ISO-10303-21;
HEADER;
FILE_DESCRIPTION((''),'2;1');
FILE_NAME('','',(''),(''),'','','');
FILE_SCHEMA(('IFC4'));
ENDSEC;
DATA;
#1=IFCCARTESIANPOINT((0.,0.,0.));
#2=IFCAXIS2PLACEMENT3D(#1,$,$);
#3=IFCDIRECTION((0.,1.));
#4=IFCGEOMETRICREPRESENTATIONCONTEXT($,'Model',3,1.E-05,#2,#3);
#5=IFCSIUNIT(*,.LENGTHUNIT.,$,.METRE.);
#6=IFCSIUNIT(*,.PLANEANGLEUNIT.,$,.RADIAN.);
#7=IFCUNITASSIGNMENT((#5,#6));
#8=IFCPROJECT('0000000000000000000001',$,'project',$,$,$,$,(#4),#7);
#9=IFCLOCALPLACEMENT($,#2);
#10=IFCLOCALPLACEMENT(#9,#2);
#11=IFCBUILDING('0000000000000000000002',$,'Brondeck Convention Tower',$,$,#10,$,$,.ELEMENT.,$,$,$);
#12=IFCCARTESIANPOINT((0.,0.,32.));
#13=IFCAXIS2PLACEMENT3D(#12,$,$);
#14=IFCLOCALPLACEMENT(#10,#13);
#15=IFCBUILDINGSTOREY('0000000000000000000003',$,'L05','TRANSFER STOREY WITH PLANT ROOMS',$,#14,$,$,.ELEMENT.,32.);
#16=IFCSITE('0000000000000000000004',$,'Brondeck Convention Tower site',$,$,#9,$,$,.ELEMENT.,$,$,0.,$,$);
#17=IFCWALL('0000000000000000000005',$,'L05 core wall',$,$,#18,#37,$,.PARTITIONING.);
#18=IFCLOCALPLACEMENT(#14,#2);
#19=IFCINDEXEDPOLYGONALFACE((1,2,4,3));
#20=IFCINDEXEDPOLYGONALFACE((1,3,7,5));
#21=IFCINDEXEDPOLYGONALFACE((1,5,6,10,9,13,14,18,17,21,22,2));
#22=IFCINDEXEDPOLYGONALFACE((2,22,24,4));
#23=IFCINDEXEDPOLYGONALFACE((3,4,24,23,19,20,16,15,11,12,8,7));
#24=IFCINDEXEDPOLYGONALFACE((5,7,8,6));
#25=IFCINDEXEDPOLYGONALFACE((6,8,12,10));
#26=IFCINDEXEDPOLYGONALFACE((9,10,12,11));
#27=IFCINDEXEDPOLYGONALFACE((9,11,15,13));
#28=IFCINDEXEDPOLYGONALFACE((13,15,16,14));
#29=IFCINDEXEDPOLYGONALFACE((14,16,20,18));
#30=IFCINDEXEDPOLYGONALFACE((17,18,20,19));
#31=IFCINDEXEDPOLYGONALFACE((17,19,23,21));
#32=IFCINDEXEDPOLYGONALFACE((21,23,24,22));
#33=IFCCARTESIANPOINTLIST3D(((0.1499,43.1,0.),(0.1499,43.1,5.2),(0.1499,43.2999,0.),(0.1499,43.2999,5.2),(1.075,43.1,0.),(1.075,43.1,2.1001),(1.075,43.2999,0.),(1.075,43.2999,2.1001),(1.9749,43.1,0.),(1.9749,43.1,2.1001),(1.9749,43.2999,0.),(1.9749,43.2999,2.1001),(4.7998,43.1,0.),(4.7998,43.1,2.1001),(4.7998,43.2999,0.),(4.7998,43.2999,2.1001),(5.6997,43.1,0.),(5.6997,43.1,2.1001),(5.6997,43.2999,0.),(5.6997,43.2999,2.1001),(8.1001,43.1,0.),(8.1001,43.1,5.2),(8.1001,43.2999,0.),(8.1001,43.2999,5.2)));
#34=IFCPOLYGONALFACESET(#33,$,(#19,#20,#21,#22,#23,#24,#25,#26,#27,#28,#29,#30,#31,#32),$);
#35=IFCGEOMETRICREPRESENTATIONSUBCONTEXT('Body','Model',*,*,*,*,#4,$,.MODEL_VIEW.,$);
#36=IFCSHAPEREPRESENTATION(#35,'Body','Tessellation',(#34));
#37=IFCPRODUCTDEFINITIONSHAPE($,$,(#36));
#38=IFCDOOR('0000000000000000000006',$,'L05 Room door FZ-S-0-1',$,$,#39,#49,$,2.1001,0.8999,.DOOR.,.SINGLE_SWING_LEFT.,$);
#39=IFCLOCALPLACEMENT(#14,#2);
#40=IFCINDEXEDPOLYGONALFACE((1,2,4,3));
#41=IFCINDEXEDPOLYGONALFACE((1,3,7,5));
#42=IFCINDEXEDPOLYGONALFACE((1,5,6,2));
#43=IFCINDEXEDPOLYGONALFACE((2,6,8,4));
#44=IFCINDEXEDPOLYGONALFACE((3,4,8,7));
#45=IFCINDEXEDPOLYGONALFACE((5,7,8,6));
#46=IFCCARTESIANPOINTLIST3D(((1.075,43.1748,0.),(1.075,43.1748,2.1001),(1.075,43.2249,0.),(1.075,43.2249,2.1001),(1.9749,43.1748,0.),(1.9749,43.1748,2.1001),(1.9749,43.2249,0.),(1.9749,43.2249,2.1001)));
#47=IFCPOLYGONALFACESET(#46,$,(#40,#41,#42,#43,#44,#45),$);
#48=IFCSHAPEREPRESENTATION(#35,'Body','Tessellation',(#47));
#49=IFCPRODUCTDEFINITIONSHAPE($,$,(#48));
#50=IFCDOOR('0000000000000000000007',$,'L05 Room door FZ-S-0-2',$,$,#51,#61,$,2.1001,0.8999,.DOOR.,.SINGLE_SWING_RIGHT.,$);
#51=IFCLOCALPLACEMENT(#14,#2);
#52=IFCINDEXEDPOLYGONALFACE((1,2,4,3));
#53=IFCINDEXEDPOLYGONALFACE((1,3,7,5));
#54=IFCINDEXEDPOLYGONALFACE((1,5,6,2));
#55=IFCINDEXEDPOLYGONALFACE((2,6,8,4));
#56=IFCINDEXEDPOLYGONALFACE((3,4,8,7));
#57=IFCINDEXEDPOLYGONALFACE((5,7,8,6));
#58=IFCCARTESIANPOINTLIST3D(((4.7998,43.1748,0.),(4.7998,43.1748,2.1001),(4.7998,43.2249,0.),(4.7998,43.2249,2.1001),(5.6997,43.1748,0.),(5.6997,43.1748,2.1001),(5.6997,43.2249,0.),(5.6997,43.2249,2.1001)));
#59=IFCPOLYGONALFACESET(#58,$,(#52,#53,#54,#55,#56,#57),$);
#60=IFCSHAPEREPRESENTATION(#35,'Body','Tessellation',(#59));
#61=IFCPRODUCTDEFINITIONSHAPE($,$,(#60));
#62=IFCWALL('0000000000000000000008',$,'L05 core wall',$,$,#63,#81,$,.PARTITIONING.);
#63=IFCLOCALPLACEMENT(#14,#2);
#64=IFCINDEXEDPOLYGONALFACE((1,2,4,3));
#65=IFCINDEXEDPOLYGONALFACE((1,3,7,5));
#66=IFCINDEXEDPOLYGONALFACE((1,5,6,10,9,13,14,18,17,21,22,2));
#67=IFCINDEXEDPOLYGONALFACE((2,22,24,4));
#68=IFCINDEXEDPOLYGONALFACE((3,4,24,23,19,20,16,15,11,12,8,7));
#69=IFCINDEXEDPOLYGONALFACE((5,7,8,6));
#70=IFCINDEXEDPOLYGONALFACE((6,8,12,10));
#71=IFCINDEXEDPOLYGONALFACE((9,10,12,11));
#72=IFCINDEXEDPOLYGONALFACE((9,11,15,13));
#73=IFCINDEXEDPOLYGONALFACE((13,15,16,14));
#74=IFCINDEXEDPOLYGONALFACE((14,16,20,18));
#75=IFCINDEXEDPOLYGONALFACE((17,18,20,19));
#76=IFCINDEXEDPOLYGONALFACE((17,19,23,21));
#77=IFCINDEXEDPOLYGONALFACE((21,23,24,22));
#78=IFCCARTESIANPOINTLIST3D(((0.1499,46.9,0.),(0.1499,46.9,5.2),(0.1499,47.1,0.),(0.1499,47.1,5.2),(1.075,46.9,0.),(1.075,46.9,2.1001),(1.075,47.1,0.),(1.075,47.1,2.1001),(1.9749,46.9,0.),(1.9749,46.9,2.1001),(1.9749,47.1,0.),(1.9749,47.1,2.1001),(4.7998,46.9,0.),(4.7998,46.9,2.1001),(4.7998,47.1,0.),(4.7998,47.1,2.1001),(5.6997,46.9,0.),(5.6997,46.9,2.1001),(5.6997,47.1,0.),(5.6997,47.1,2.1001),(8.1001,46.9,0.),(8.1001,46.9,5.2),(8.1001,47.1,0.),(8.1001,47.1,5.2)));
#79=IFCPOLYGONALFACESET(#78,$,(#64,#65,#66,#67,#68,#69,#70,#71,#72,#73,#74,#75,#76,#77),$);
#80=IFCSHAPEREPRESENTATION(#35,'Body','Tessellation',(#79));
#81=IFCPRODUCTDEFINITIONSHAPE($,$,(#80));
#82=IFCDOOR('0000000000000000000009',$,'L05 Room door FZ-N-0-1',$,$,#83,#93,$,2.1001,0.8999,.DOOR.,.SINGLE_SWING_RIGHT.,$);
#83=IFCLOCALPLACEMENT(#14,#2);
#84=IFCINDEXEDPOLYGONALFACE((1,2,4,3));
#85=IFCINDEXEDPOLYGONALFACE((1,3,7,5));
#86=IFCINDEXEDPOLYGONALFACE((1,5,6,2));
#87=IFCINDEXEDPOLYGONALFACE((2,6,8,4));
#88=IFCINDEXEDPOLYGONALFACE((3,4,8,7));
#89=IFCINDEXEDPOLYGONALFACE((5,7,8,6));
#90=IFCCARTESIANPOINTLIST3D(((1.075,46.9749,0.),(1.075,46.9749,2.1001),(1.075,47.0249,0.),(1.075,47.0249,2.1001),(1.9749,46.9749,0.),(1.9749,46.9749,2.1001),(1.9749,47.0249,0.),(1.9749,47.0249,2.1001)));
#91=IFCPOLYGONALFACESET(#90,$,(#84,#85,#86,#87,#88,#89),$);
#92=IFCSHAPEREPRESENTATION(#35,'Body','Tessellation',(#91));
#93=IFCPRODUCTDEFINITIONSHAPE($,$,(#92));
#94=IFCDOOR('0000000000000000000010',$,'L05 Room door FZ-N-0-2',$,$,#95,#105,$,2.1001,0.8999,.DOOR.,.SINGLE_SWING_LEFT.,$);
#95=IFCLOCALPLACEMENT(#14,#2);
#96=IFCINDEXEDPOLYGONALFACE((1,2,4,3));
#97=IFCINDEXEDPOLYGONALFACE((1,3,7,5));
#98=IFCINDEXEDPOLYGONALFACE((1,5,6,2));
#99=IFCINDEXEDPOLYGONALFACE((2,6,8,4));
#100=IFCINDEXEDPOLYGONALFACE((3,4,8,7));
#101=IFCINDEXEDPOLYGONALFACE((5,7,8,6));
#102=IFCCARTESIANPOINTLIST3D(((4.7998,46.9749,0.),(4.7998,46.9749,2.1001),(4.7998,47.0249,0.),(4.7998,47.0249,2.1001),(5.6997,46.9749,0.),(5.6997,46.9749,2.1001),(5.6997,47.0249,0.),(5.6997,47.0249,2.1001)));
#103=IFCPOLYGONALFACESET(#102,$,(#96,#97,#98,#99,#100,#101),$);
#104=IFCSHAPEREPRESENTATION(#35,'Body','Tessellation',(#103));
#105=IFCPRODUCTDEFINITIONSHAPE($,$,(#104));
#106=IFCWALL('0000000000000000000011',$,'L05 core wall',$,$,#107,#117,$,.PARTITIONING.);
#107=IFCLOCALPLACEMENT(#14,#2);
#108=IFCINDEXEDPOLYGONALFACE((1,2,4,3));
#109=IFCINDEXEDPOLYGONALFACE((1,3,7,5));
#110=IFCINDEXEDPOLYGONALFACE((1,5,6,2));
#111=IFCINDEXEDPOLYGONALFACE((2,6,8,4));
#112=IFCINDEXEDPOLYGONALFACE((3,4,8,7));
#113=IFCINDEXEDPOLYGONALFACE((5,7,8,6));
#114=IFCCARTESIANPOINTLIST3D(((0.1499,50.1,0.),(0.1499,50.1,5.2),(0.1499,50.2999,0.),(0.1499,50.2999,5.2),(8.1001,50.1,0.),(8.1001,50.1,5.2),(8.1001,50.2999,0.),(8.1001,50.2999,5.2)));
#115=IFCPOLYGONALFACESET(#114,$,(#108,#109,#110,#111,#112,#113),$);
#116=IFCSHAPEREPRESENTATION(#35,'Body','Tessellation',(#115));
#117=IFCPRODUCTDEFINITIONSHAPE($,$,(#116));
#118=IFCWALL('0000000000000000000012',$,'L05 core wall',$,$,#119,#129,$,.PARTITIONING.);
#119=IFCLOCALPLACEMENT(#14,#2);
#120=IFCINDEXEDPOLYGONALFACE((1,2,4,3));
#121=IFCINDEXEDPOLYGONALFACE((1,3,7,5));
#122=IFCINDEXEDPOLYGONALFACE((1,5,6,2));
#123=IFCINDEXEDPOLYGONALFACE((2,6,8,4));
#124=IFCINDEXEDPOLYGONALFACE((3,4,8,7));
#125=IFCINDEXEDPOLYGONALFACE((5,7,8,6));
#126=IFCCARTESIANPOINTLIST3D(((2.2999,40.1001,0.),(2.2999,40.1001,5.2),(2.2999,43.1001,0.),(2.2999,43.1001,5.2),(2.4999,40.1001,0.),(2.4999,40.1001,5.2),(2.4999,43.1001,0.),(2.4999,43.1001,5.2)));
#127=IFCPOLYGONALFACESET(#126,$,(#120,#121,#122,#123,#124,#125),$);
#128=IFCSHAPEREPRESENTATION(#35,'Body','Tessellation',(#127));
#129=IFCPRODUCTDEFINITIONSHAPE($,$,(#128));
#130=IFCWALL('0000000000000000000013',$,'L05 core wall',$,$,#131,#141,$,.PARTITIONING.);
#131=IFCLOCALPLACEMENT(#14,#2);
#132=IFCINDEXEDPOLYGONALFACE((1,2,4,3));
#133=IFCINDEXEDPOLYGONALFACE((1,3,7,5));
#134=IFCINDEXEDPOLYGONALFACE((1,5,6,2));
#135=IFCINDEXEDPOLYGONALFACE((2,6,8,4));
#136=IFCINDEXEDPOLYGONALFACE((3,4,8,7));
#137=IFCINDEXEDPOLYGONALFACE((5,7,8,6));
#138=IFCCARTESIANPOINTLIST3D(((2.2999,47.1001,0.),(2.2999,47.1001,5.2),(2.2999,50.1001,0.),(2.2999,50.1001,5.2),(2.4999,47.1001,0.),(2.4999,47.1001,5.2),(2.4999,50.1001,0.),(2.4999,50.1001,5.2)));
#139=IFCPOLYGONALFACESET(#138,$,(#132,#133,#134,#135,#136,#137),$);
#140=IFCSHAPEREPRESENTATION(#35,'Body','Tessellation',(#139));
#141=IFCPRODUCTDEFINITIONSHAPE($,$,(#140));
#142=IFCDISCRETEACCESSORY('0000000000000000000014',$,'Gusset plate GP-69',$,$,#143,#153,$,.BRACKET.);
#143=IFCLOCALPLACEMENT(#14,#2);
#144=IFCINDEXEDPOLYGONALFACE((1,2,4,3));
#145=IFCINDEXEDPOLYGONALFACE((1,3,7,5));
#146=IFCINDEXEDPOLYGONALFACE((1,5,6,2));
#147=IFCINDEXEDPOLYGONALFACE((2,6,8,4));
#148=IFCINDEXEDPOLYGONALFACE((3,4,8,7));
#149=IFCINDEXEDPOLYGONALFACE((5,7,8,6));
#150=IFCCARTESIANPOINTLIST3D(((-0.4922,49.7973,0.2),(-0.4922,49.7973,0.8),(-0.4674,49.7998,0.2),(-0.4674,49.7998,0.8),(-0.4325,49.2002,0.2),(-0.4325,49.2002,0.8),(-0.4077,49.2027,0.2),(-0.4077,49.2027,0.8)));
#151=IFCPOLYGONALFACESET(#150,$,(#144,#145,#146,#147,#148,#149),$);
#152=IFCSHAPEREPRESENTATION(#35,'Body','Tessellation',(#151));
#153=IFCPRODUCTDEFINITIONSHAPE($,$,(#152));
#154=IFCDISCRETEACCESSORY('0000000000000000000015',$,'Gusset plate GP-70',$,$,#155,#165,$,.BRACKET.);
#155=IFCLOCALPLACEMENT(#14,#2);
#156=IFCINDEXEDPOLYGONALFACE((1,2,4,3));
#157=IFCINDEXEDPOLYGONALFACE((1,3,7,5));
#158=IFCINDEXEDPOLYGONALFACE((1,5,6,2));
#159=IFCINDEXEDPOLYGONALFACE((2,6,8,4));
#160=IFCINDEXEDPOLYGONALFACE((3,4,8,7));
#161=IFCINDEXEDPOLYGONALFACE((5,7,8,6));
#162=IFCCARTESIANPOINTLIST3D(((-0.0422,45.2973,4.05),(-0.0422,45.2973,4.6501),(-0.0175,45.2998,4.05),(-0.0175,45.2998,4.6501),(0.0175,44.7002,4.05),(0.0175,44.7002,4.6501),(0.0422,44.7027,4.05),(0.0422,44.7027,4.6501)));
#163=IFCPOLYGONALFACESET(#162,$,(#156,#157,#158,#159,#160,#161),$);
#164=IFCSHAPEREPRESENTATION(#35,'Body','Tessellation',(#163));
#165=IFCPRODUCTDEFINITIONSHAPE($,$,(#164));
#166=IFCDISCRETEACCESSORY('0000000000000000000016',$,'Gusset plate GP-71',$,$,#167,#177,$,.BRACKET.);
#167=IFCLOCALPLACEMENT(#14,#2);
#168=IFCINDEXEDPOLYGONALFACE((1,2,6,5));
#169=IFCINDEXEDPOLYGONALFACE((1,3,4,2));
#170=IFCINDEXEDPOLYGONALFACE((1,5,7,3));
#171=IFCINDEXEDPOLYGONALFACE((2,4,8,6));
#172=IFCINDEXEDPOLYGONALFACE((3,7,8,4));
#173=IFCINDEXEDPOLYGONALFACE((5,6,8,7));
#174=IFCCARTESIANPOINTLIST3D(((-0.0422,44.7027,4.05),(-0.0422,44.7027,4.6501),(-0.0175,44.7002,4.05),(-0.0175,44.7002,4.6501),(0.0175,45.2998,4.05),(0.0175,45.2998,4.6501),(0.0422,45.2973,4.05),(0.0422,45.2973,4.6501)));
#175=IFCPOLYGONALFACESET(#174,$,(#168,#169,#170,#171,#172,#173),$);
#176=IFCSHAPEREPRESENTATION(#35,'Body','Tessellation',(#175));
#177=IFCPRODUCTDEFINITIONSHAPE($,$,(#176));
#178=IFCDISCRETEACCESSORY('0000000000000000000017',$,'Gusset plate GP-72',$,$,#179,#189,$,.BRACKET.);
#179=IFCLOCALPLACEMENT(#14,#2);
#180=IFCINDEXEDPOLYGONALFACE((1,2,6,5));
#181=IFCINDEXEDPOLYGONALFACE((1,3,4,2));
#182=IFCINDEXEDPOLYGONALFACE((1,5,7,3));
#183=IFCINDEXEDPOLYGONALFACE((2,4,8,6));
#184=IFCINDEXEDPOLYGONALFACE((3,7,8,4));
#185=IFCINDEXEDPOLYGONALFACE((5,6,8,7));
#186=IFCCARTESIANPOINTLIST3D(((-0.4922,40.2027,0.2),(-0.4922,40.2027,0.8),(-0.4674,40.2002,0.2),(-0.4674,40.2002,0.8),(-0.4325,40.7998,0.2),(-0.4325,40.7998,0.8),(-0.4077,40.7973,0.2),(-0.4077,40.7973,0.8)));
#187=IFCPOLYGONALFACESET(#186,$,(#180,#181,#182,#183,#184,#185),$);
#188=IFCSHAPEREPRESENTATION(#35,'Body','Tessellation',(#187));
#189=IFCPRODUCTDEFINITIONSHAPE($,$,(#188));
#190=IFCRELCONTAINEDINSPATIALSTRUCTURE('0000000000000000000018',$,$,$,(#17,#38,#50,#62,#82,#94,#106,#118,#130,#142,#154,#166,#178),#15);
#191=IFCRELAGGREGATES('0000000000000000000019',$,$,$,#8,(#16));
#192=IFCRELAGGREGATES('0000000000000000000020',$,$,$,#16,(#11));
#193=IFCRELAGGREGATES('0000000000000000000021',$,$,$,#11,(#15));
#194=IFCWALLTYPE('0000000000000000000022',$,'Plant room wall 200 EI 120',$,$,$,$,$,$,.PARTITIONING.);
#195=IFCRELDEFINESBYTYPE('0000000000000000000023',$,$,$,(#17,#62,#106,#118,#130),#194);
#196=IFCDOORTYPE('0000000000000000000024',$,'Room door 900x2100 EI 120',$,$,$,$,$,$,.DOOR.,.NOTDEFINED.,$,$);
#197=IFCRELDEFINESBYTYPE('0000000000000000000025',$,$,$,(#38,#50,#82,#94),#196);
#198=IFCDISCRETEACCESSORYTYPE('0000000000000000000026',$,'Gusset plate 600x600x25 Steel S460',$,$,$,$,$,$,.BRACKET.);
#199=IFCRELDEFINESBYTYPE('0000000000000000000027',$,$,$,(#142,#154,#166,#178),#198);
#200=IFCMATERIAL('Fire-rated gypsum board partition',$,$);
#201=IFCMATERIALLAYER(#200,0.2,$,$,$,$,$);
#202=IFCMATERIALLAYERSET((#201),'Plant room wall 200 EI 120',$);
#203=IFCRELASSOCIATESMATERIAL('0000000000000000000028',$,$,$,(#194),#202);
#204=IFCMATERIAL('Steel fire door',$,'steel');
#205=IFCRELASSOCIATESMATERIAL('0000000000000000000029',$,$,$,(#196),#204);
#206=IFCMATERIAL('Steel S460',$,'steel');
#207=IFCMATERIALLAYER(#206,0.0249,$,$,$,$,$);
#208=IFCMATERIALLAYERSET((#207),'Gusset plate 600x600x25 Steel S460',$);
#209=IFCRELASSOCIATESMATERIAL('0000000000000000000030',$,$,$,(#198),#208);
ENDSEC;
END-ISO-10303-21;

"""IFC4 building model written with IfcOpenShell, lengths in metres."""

from ifc_helpers import new_model, si_unit, direction, frame, frame_2d, origin, origin_2d, place, context, subcontext, project, spatial, rectangle, extrude, material, layer, layer_set, type_object, element, fill, save


model = new_model("IFC4")

# Units and contexts
model_context = context("Model", 3, precision=1e-05, world=origin(), true_north=direction((0.0, 1.0)))
body_context = subcontext(model_context, "Body", "Model", "MODEL_VIEW")
ifc_project = project(units=[si_unit("LENGTHUNIT", "METRE"), si_unit("PLANEANGLEUNIT", "RADIAN")], contexts=[model_context])

# Site, building, storey
site_placement = place(None, origin())
site = spatial("IfcSite", under=ifc_project, at=site_placement, Name="Brondeck Convention Tower site", CompositionType="ELEMENT", RefElevation=0.0)
building_placement = place(site_placement, origin())
building = spatial("IfcBuilding", under=site, at=building_placement, Name="Brondeck Convention Tower", CompositionType="ELEMENT")
storey_placement = place(building_placement, frame((0.0, 0.0, 32.0)))
storey = spatial("IfcBuildingStorey", under=building, at=storey_placement, Name="L05", Description="TRANSFER STOREY WITH PLANT ROOMS", CompositionType="ELEMENT", Elevation=32.0)

# Shared definitions
ifc_material_1 = material(Name="Steel S460", Category="steel")

# Shared definitions
ifc_material_2 = material(Name="Fire-rated gypsum board partition")
ifc_layer_1 = layer(ifc_material_2, 0.2)
ifc_layer_set_1 = layer_set([ifc_layer_1], Name="Plant room wall 200 EI 120")
wall_type_1 = type_object("IfcWallType", Name="Plant room wall 200 EI 120", PredefinedType="PARTITIONING", material=ifc_layer_set_1)

# Walls, openings, doors
wall_1_placement = place(storey_placement, frame((0.1499, 43.2, 0.0), z_axis=(0.0, 0.0, 1.0), x_axis=(1.0, 0.0, 0.0)))
wall_1 = element("IfcWall", 1, at=wall_1_placement, inside=storey, type_object=wall_type_1, Name="L05 core wall", PredefinedType="PARTITIONING", context=body_context, shape_type="SweptSolid", body=[
    extrude(rectangle(XDim=7.9502, YDim=0.2, at=frame_2d((3.9751, 0.0))), origin(), (0.0, 0.0, 1.0), 5.2),
])
opening_1_placement = place(wall_1_placement, frame((0.925, 0.0, 0.0)))
opening_1 = element("IfcOpeningElement", 2, at=opening_1_placement, cuts=wall_1, PredefinedType="OPENING", context=body_context, shape_type="SweptSolid", body=[
    extrude(rectangle(XDim=0.8999, YDim=2.1001, at=frame_2d((0.45, 1.05))), frame((0.0, 0.1099, 0.0), z_axis=(0.0, -1.0, 0.0), x_axis=(1.0, 0.0, 0.0)), (0.0, 0.0, 1.0), 0.22),
])
opening_2_placement = place(wall_1_placement, frame((4.6499, 0.0, 0.0)))
opening_2 = element("IfcOpeningElement", 3, at=opening_2_placement, cuts=wall_1, PredefinedType="OPENING", context=body_context, shape_type="SweptSolid", body=[
    extrude(rectangle(XDim=0.8999, YDim=2.1001, at=frame_2d((0.45, 1.05))), frame((0.0, 0.1099, 0.0), z_axis=(0.0, -1.0, 0.0), x_axis=(1.0, 0.0, 0.0)), (0.0, 0.0, 1.0), 0.22),
])
ifc_material_3 = material(Name="Steel fire door", Category="steel")
door_type = type_object("IfcDoorType", Name="Room door 900x2100 EI 120", OperationType="NOTDEFINED", PredefinedType="DOOR", material=ifc_material_3)
door_1_placement = place(opening_1_placement, origin())
door_1 = element("IfcDoor", 4, at=door_1_placement, inside=storey, type_object=door_type, Name="L05 Room door FZ-S-0-1", OperationType="SINGLE_SWING_LEFT", OverallHeight=2.1001, OverallWidth=0.8999, PredefinedType="DOOR", context=body_context, shape_type="SweptSolid", body=[
    extrude(rectangle(XDim=0.8999, YDim=2.1001, at=frame_2d((0.45, 1.05))), frame((0.0, 0.0249, 0.0), z_axis=(0.0, -1.0, 0.0), x_axis=(1.0, 0.0, 0.0)), (0.0, 0.0, 1.0), 0.05),
])
fill(opening_1, door_1)
door_2_placement = place(opening_2_placement, origin())
door_2 = element("IfcDoor", 5, at=door_2_placement, inside=storey, type_object=door_type, Name="L05 Room door FZ-S-0-2", OperationType="SINGLE_SWING_RIGHT", OverallHeight=2.1001, OverallWidth=0.8999, PredefinedType="DOOR", context=body_context, shape_type="SweptSolid", body=[
    extrude(rectangle(XDim=0.8999, YDim=2.1001, at=frame_2d((0.45, 1.05))), frame((0.0, 0.0249, 0.0), z_axis=(0.0, -1.0, 0.0), x_axis=(1.0, 0.0, 0.0)), (0.0, 0.0, 1.0), 0.05),
])
fill(opening_2, door_2)
wall_2_placement = place(storey_placement, frame((0.1499, 47.0, 0.0), z_axis=(0.0, 0.0, 1.0), x_axis=(1.0, 0.0, 0.0)))
wall_2 = element("IfcWall", 6, at=wall_2_placement, inside=storey, type_object=wall_type_1, Name="L05 core wall", PredefinedType="PARTITIONING", context=body_context, shape_type="SweptSolid", body=[
    extrude(rectangle(XDim=7.9502, YDim=0.2, at=frame_2d((3.9751, 0.0))), origin(), (0.0, 0.0, 1.0), 5.2),
])
opening_3_placement = place(wall_2_placement, frame((0.925, 0.0, 0.0)))
opening_3 = element("IfcOpeningElement", 7, at=opening_3_placement, cuts=wall_2, PredefinedType="OPENING", context=body_context, shape_type="SweptSolid", body=[
    extrude(rectangle(XDim=0.8999, YDim=2.1001, at=frame_2d((0.45, 1.05))), frame((0.0, 0.1099, 0.0), z_axis=(0.0, -1.0, 0.0), x_axis=(1.0, 0.0, 0.0)), (0.0, 0.0, 1.0), 0.22),
])
opening_4_placement = place(wall_2_placement, frame((4.6499, 0.0, 0.0)))
opening_4 = element("IfcOpeningElement", 8, at=opening_4_placement, cuts=wall_2, PredefinedType="OPENING", context=body_context, shape_type="SweptSolid", body=[
    extrude(rectangle(XDim=0.8999, YDim=2.1001, at=frame_2d((0.45, 1.05))), frame((0.0, 0.1099, 0.0), z_axis=(0.0, -1.0, 0.0), x_axis=(1.0, 0.0, 0.0)), (0.0, 0.0, 1.0), 0.22),
])
door_3_placement = place(opening_3_placement, origin())
door_3 = element("IfcDoor", 9, at=door_3_placement, inside=storey, type_object=door_type, Name="L05 Room door FZ-N-0-1", OperationType="SINGLE_SWING_RIGHT", OverallHeight=2.1001, OverallWidth=0.8999, PredefinedType="DOOR", context=body_context, shape_type="SweptSolid", body=[
    extrude(rectangle(XDim=0.8999, YDim=2.1001, at=frame_2d((0.45, 1.05))), frame((0.0, 0.0249, 0.0), z_axis=(0.0, -1.0, 0.0), x_axis=(1.0, 0.0, 0.0)), (0.0, 0.0, 1.0), 0.05),
])
fill(opening_3, door_3)
door_4_placement = place(opening_4_placement, origin())
door_4 = element("IfcDoor", 10, at=door_4_placement, inside=storey, type_object=door_type, Name="L05 Room door FZ-N-0-2", OperationType="SINGLE_SWING_LEFT", OverallHeight=2.1001, OverallWidth=0.8999, PredefinedType="DOOR", context=body_context, shape_type="SweptSolid", body=[
    extrude(rectangle(XDim=0.8999, YDim=2.1001, at=frame_2d((0.45, 1.05))), frame((0.0, 0.0249, 0.0), z_axis=(0.0, -1.0, 0.0), x_axis=(1.0, 0.0, 0.0)), (0.0, 0.0, 1.0), 0.05),
])
fill(opening_4, door_4)

# Walls
wall_3_placement = place(storey_placement, frame((0.1499, 50.2, 0.0), z_axis=(0.0, 0.0, 1.0), x_axis=(1.0, 0.0, 0.0)))
element("IfcWall", 11, at=wall_3_placement, inside=storey, type_object=wall_type_1, Name="L05 core wall", PredefinedType="PARTITIONING", context=body_context, shape_type="SweptSolid", body=[
    extrude(rectangle(XDim=7.9502, YDim=0.2, at=frame_2d((3.9751, 0.0))), origin(), (0.0, 0.0, 1.0), 5.2),
])
for number, where, z_axis, x_axis, name in (
    (12, (2.3999, 40.1001, 0.0), (0.0, 0.0, 1.0), (0.0, 1.0, 0.0), "L05 core wall"),
    (13, (2.3999, 47.1001, 0.0), (0.0, 0.0, 1.0), (0.0, 1.0, 0.0), "L05 core wall"),
):
    element("IfcWall", number, at=place(storey_placement, frame(where, z_axis=z_axis, x_axis=x_axis)), inside=storey, type_object=wall_type_1, Name=name, PredefinedType="PARTITIONING", context=body_context, shape_type="SweptSolid", body=[
        extrude(rectangle(XDim=3.0, YDim=0.2, at=frame_2d((1.5, 0.0))), origin(), (0.0, 0.0, 1.0), 5.2),
    ])

# Discrete accessories
ifc_layer_2 = layer(ifc_material_1, 0.0249)
ifc_layer_set_2 = layer_set([ifc_layer_2], Name="Gusset plate 600x600x25 Steel S460")
discrete_accessory_type = type_object("IfcDiscreteAccessoryType", Name="Gusset plate 600x600x25 Steel S460", PredefinedType="BRACKET", material=ifc_layer_set_2)
for number, where, z_axis, x_axis, name in (
    (14, (-0.45, 49.5, 0.2), (0.0, 0.0, 1.0), (-0.099511, 0.995036, 0.0), "Gusset plate GP-69"),
    (15, (0.0, 45.0, 4.05), (0.0, 0.0, 1.0), (-0.099511, 0.995036, 0.0), "Gusset plate GP-70"),
    (16, (0.0, 45.0, 4.05), (0.0, 0.0, 1.0), (0.099511, 0.995036, 0.0), "Gusset plate GP-71"),
    (17, (-0.45, 40.5, 0.2), (0.0, 0.0, 1.0), (0.099511, 0.995036, 0.0), "Gusset plate GP-72"),
):
    element("IfcDiscreteAccessory", number, at=place(storey_placement, frame(where, z_axis=z_axis, x_axis=x_axis)), inside=storey, type_object=discrete_accessory_type, Name=name, PredefinedType="BRACKET", context=body_context, shape_type="SweptSolid", body=[
        extrude(rectangle(XDim=0.6001, YDim=0.0249, at=origin_2d()), origin(), (0.0, 0.0, 1.0), 0.6001),
    ])

save(model, "model.ifc")
